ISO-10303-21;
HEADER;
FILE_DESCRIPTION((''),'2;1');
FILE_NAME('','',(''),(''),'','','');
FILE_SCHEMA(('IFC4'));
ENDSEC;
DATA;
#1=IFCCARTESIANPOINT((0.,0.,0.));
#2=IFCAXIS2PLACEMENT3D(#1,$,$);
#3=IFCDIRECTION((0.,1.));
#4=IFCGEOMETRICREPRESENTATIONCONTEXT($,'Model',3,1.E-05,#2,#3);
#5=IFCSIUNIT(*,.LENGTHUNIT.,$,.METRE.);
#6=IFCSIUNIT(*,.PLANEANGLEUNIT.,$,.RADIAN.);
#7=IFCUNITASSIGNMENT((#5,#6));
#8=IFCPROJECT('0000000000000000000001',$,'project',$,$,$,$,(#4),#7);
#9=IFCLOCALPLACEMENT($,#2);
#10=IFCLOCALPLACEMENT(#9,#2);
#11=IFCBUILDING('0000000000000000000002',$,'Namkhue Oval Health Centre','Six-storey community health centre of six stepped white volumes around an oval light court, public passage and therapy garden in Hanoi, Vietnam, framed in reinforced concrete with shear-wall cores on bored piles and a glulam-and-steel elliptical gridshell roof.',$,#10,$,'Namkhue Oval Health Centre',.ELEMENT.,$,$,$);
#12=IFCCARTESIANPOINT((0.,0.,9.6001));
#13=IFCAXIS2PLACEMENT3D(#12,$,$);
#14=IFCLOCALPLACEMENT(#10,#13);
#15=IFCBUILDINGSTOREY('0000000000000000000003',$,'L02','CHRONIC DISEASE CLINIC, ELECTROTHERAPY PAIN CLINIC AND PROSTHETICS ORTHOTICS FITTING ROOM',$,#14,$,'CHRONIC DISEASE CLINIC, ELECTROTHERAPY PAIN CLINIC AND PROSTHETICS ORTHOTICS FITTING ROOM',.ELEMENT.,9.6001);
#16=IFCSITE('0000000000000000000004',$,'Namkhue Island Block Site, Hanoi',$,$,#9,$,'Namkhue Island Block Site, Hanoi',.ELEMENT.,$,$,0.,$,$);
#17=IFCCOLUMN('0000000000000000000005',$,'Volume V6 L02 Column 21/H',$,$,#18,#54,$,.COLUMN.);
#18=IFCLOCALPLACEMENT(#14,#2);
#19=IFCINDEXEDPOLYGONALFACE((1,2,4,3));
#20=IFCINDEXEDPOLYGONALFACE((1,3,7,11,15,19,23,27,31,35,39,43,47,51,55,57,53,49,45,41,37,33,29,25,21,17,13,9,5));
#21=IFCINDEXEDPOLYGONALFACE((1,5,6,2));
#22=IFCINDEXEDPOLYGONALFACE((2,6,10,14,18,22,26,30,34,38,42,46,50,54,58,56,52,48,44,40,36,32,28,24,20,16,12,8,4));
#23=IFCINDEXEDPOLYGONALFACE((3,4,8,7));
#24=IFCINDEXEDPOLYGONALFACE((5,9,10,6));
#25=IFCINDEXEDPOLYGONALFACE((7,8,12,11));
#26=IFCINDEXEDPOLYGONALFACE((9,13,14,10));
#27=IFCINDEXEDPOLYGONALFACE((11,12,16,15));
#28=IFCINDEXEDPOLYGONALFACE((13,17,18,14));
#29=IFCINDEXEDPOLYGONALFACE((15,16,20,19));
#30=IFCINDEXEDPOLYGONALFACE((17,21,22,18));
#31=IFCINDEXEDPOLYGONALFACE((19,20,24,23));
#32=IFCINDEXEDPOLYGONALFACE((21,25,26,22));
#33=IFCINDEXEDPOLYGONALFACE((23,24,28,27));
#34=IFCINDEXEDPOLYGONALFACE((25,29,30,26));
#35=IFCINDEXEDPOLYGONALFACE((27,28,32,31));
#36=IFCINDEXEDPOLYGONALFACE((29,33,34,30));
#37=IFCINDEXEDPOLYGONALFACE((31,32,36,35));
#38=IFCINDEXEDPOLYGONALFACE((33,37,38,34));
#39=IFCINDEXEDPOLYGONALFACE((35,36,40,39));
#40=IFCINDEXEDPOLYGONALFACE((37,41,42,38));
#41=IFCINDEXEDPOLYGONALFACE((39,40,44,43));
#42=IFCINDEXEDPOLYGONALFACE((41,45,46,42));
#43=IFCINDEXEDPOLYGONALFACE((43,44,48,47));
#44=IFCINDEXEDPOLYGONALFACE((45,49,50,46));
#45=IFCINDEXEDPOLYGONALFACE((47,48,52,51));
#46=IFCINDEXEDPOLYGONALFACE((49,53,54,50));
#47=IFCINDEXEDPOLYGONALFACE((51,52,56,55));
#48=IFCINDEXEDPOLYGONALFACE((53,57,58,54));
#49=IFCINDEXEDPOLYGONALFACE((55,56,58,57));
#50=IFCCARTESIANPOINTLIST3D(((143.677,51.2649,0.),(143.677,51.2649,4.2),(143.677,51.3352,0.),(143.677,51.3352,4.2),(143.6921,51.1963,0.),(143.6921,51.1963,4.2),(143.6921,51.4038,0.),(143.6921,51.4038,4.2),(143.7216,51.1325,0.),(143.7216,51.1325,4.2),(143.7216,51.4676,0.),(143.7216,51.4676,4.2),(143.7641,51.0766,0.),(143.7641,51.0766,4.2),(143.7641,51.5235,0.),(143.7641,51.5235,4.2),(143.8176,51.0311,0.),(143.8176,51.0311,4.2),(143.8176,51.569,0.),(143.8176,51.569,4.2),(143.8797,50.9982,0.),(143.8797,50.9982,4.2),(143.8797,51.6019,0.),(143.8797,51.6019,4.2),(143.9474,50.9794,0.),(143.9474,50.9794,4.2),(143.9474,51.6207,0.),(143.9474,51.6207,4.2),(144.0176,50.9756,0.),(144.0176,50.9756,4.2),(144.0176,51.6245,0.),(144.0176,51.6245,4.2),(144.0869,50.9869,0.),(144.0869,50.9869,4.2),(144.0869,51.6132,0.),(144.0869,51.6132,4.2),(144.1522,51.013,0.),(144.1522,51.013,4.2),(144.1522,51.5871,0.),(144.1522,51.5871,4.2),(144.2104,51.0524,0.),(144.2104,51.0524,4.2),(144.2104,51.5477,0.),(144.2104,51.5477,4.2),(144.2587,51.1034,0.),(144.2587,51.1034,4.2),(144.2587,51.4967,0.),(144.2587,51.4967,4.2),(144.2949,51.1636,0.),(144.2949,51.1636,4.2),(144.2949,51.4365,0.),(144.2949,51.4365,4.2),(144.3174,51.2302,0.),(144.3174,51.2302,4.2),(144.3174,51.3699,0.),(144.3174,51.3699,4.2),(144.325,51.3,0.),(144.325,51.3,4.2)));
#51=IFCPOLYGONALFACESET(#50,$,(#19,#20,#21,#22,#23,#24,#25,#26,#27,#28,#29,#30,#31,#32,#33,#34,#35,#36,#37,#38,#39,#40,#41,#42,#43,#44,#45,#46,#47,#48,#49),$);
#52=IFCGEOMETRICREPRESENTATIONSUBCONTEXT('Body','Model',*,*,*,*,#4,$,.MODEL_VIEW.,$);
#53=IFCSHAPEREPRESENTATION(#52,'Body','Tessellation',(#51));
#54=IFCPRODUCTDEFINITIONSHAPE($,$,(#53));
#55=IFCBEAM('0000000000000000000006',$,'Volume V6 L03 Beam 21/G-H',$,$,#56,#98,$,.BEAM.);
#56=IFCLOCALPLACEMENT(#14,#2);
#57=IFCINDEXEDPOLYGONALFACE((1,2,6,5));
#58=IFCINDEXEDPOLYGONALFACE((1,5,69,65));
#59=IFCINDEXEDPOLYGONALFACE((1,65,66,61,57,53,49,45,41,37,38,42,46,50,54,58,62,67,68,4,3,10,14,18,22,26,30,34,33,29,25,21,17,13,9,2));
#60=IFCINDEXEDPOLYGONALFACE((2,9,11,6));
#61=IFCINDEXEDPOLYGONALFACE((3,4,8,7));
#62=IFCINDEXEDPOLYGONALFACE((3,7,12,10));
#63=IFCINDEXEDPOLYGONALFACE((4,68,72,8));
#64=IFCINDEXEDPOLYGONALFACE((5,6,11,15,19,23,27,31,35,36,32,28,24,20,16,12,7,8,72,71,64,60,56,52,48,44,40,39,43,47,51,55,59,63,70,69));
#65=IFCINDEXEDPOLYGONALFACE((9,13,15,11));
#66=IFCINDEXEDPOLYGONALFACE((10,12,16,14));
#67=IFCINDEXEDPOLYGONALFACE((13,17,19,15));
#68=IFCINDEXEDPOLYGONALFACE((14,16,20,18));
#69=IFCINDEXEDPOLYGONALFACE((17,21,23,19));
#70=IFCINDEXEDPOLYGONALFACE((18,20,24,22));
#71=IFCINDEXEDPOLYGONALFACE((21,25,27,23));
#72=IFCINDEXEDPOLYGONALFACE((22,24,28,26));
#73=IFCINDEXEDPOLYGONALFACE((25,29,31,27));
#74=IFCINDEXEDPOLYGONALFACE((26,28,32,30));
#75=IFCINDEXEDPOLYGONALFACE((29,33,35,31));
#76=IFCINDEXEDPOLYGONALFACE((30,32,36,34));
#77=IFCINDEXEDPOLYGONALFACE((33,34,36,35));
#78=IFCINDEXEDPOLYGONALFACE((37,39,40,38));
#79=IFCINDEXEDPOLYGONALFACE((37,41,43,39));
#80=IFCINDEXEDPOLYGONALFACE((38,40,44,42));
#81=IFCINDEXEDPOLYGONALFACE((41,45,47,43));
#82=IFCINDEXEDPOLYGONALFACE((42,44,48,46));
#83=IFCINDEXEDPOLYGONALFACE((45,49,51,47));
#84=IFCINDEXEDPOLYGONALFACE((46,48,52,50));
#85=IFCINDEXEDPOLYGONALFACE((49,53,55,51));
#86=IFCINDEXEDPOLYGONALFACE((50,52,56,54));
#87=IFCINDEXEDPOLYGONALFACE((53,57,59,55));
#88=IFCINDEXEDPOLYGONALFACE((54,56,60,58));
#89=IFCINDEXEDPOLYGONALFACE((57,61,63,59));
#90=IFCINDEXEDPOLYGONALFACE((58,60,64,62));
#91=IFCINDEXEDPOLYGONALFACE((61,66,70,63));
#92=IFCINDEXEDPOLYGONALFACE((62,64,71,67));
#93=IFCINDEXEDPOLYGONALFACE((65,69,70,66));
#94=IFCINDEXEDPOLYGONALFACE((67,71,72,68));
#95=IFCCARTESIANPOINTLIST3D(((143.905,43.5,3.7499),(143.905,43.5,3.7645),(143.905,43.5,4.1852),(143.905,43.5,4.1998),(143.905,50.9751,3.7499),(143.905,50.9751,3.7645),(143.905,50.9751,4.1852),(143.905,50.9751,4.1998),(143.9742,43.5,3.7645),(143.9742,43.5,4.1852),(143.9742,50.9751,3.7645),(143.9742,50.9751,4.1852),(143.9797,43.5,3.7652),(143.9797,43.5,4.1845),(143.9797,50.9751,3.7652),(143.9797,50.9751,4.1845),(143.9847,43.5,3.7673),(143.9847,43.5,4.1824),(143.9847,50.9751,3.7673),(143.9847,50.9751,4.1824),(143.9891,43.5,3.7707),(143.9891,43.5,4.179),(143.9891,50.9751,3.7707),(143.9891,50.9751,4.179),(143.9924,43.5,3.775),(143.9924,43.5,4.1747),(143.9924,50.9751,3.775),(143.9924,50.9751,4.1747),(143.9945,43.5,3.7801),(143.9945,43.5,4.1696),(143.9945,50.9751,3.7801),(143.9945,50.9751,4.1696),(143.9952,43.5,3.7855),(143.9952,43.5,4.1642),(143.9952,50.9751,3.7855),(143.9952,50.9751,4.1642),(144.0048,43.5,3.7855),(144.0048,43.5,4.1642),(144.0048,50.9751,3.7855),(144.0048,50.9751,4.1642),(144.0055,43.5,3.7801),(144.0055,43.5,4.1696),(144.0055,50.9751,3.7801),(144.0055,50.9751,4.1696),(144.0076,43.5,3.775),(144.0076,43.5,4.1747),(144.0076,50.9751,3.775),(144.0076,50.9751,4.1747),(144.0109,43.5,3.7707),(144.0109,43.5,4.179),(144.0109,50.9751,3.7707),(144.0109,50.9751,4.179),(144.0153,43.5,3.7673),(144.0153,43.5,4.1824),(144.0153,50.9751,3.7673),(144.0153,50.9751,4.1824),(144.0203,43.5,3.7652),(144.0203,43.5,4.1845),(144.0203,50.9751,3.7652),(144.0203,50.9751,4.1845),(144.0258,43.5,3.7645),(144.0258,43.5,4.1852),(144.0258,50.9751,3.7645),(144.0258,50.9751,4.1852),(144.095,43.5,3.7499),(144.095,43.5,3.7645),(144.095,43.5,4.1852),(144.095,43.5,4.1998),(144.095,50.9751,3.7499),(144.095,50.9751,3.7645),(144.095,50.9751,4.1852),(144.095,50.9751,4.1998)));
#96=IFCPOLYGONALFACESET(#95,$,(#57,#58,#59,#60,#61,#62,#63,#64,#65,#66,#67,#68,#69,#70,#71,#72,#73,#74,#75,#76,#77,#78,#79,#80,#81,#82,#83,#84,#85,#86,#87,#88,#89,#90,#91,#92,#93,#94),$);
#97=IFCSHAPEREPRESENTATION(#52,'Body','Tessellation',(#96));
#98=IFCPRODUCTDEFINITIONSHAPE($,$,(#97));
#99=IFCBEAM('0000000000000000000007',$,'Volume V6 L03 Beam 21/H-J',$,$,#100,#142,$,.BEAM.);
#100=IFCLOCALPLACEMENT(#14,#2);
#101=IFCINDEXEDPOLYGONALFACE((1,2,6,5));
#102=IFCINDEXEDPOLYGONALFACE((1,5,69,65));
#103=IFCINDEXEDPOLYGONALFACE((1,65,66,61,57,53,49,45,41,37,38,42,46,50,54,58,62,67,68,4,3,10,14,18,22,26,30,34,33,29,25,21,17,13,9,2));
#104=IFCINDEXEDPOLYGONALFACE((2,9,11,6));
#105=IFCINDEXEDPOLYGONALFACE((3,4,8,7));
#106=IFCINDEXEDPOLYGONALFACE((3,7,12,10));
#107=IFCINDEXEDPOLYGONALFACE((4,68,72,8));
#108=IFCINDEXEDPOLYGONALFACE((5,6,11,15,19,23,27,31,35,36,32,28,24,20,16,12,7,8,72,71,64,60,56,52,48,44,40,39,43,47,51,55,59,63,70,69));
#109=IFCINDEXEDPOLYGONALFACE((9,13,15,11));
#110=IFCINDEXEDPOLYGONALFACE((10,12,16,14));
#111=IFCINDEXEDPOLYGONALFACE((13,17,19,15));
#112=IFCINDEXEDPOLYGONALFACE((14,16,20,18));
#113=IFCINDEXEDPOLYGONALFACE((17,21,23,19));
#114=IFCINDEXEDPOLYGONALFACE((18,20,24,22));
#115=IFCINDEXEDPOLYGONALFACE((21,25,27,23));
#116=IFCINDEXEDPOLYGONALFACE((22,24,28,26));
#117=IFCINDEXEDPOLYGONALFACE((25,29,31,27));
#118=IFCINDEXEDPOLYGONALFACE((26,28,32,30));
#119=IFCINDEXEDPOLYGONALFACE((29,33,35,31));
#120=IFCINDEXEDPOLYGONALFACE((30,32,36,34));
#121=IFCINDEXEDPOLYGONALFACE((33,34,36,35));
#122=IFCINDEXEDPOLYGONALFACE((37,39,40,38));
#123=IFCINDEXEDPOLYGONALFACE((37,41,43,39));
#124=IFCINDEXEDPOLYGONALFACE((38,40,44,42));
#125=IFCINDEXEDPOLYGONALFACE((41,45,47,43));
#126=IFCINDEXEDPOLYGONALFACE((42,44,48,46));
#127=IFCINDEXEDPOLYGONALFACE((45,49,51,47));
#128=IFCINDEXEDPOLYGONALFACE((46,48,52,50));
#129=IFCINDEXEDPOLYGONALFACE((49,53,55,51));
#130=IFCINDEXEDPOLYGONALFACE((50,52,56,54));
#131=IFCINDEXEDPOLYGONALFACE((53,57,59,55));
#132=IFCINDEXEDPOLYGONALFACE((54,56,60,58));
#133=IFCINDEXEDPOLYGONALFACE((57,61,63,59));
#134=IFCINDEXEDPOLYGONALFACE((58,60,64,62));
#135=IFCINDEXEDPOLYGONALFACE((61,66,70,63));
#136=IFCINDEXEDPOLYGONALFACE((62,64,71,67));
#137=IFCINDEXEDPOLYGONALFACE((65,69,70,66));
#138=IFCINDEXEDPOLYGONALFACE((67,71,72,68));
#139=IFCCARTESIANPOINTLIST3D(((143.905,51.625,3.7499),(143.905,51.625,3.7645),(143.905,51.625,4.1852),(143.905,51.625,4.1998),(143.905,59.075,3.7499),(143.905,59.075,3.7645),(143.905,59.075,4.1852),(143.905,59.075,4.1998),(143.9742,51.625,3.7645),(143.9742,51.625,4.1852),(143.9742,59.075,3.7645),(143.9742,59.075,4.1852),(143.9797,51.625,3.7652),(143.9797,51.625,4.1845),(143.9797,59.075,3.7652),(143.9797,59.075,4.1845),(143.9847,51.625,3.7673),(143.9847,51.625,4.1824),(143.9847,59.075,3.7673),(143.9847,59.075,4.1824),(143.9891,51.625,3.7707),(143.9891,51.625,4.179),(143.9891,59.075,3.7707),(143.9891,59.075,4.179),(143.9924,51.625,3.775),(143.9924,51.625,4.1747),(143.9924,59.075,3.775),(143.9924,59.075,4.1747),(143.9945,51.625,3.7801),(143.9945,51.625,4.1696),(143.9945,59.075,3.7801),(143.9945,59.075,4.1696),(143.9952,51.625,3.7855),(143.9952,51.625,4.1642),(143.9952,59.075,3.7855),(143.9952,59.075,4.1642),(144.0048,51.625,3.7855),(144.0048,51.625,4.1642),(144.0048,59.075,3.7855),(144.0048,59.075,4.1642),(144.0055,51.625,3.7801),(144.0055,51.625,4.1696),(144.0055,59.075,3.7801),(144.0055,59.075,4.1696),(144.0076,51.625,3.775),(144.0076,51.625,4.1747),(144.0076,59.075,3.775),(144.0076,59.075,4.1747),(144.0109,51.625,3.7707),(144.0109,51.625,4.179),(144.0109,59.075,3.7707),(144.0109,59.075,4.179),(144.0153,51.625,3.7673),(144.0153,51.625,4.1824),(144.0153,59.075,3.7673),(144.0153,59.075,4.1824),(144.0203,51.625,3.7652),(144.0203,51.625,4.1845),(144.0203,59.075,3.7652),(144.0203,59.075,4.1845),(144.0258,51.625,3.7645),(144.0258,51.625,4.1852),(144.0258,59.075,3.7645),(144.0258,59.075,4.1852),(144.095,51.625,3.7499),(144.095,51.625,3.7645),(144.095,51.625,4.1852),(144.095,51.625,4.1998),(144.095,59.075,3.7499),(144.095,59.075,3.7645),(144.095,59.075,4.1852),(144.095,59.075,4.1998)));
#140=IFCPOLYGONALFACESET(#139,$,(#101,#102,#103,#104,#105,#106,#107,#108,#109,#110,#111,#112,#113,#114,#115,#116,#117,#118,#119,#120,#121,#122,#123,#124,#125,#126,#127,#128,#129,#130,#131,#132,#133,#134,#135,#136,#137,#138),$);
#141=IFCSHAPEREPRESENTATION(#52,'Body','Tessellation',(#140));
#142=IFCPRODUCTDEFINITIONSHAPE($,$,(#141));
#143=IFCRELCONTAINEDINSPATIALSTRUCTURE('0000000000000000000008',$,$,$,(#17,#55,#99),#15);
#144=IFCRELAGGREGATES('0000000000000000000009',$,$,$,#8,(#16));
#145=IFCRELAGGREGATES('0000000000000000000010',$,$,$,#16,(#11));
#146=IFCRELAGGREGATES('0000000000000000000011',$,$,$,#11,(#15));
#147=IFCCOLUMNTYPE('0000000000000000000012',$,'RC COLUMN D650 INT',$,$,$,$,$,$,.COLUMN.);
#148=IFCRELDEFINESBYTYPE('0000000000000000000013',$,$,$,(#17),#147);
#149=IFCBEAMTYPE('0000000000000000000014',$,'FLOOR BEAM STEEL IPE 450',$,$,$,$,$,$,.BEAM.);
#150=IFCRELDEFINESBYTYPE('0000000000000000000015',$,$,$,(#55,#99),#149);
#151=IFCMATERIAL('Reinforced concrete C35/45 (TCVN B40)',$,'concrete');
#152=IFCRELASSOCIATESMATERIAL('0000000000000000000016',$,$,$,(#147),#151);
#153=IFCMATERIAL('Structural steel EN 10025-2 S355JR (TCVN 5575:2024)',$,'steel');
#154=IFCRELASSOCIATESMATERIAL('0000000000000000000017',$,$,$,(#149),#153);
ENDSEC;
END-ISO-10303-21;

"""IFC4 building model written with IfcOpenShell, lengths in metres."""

from ifc_helpers import new_model, si_unit, direction, frame, origin, origin_2d, place, context, subcontext, project, spatial, circle, i_section, extrude, material, material_profile, profile_set, type_object, element, save


model = new_model("IFC4")

# Units and contexts
model_context = context("Model", 3, precision=1e-05, world=origin(), true_north=direction((0.0, 1.0)))
body_context = subcontext(model_context, "Body", "Model", "MODEL_VIEW")
ifc_project = project(units=[si_unit("LENGTHUNIT", "METRE"), si_unit("PLANEANGLEUNIT", "RADIAN")], contexts=[model_context])

# Site, building, storey
site_placement = place(None, origin())
site = spatial("IfcSite", under=ifc_project, at=site_placement, Name="Namkhue Island Block Site, Hanoi", LongName="Namkhue Island Block Site, Hanoi", CompositionType="ELEMENT", RefElevation=0.0)
building_placement = place(site_placement, origin())
building = spatial("IfcBuilding", under=site, at=building_placement, Name="Namkhue Oval Health Centre", Description="Six-storey community health centre of six stepped white volumes around an oval light court, public passage and therapy garden in Hanoi, Vietnam, framed in reinforced concrete with shear-wall cores on bored piles and a glulam-and-steel elliptical gridshell roof.", LongName="Namkhue Oval Health Centre", CompositionType="ELEMENT")
storey_placement = place(building_placement, frame((0.0, 0.0, 9.6001)))
storey = spatial("IfcBuildingStorey", under=building, at=storey_placement, Name="L02", Description="CHRONIC DISEASE CLINIC, ELECTROTHERAPY PAIN CLINIC AND PROSTHETICS ORTHOTICS FITTING ROOM", LongName="CHRONIC DISEASE CLINIC, ELECTROTHERAPY PAIN CLINIC AND PROSTHETICS ORTHOTICS FITTING ROOM", CompositionType="ELEMENT", Elevation=9.6001)

# Column
ifc_material_1 = material(Name="Reinforced concrete C35/45 (TCVN B40)", Category="concrete")
ifc_material_profile_1 = material_profile(ifc_material_1, circle(Radius=0.325, at=origin_2d()), Name="RC D650")
ifc_profile_set_1 = profile_set([ifc_material_profile_1], Name="Reinforced concrete C35/45 (TCVN B40)")
column_type = type_object("IfcColumnType", Name="RC COLUMN D650 INT", PredefinedType="COLUMN", material=ifc_profile_set_1)
column_placement = place(storey_placement, frame((144.0, 51.3, 0.0), z_axis=(0.0, 0.0, 1.0), x_axis=(1.0, 0.0, 0.0)))
element("IfcColumn", 1, at=column_placement, inside=storey, type_object=column_type, Name="Volume V6 L02 Column 21/H", PredefinedType="COLUMN", context=body_context, shape_type="SweptSolid", body=[
    extrude(circle(Radius=0.325, at=origin_2d()), origin(), (0.0, 0.0, 1.0), 4.2),
])

# Beams
ifc_material_2 = material(Name="Structural steel EN 10025-2 S355JR (TCVN 5575:2024)", Category="steel")
ifc_material_profile_2 = material_profile(ifc_material_2, i_section(OverallWidth=0.1899, OverallDepth=0.45, WebThickness=0.0095, FlangeThickness=0.0146, FilletRadius=0.021, at=origin_2d()), Name="IPE 450")
ifc_profile_set_2 = profile_set([ifc_material_profile_2], Name="Structural steel EN 10025-2 S355JR (TCVN 5575:2024)")
beam_type = type_object("IfcBeamType", Name="FLOOR BEAM STEEL IPE 450", PredefinedType="BEAM", material=ifc_profile_set_2)
beam_1_placement = place(storey_placement, frame((144.0, 43.5, 3.9749), z_axis=(0.0, 1.0, 0.0), x_axis=(-1.0, 0.0, 0.0)))
element("IfcBeam", 2, at=beam_1_placement, inside=storey, type_object=beam_type, Name="Volume V6 L03 Beam 21/G-H", PredefinedType="BEAM", context=body_context, shape_type="SweptSolid", body=[
    extrude(i_section(OverallWidth=0.1899, OverallDepth=0.45, WebThickness=0.0095, FlangeThickness=0.0146, FilletRadius=0.021, at=origin_2d()), origin(), (0.0, 0.0, 1.0), 7.4751),
])
beam_2_placement = place(storey_placement, frame((144.0, 51.625, 3.9749), z_axis=(0.0, 1.0, 0.0), x_axis=(-1.0, 0.0, 0.0)))
element("IfcBeam", 3, at=beam_2_placement, inside=storey, type_object=beam_type, Name="Volume V6 L03 Beam 21/H-J", PredefinedType="BEAM", context=body_context, shape_type="SweptSolid", body=[
    extrude(i_section(OverallWidth=0.1899, OverallDepth=0.45, WebThickness=0.0095, FlangeThickness=0.0146, FilletRadius=0.021, at=origin_2d()), origin(), (0.0, 0.0, 1.0), 7.45),
])

save(model, "model.ifc")
